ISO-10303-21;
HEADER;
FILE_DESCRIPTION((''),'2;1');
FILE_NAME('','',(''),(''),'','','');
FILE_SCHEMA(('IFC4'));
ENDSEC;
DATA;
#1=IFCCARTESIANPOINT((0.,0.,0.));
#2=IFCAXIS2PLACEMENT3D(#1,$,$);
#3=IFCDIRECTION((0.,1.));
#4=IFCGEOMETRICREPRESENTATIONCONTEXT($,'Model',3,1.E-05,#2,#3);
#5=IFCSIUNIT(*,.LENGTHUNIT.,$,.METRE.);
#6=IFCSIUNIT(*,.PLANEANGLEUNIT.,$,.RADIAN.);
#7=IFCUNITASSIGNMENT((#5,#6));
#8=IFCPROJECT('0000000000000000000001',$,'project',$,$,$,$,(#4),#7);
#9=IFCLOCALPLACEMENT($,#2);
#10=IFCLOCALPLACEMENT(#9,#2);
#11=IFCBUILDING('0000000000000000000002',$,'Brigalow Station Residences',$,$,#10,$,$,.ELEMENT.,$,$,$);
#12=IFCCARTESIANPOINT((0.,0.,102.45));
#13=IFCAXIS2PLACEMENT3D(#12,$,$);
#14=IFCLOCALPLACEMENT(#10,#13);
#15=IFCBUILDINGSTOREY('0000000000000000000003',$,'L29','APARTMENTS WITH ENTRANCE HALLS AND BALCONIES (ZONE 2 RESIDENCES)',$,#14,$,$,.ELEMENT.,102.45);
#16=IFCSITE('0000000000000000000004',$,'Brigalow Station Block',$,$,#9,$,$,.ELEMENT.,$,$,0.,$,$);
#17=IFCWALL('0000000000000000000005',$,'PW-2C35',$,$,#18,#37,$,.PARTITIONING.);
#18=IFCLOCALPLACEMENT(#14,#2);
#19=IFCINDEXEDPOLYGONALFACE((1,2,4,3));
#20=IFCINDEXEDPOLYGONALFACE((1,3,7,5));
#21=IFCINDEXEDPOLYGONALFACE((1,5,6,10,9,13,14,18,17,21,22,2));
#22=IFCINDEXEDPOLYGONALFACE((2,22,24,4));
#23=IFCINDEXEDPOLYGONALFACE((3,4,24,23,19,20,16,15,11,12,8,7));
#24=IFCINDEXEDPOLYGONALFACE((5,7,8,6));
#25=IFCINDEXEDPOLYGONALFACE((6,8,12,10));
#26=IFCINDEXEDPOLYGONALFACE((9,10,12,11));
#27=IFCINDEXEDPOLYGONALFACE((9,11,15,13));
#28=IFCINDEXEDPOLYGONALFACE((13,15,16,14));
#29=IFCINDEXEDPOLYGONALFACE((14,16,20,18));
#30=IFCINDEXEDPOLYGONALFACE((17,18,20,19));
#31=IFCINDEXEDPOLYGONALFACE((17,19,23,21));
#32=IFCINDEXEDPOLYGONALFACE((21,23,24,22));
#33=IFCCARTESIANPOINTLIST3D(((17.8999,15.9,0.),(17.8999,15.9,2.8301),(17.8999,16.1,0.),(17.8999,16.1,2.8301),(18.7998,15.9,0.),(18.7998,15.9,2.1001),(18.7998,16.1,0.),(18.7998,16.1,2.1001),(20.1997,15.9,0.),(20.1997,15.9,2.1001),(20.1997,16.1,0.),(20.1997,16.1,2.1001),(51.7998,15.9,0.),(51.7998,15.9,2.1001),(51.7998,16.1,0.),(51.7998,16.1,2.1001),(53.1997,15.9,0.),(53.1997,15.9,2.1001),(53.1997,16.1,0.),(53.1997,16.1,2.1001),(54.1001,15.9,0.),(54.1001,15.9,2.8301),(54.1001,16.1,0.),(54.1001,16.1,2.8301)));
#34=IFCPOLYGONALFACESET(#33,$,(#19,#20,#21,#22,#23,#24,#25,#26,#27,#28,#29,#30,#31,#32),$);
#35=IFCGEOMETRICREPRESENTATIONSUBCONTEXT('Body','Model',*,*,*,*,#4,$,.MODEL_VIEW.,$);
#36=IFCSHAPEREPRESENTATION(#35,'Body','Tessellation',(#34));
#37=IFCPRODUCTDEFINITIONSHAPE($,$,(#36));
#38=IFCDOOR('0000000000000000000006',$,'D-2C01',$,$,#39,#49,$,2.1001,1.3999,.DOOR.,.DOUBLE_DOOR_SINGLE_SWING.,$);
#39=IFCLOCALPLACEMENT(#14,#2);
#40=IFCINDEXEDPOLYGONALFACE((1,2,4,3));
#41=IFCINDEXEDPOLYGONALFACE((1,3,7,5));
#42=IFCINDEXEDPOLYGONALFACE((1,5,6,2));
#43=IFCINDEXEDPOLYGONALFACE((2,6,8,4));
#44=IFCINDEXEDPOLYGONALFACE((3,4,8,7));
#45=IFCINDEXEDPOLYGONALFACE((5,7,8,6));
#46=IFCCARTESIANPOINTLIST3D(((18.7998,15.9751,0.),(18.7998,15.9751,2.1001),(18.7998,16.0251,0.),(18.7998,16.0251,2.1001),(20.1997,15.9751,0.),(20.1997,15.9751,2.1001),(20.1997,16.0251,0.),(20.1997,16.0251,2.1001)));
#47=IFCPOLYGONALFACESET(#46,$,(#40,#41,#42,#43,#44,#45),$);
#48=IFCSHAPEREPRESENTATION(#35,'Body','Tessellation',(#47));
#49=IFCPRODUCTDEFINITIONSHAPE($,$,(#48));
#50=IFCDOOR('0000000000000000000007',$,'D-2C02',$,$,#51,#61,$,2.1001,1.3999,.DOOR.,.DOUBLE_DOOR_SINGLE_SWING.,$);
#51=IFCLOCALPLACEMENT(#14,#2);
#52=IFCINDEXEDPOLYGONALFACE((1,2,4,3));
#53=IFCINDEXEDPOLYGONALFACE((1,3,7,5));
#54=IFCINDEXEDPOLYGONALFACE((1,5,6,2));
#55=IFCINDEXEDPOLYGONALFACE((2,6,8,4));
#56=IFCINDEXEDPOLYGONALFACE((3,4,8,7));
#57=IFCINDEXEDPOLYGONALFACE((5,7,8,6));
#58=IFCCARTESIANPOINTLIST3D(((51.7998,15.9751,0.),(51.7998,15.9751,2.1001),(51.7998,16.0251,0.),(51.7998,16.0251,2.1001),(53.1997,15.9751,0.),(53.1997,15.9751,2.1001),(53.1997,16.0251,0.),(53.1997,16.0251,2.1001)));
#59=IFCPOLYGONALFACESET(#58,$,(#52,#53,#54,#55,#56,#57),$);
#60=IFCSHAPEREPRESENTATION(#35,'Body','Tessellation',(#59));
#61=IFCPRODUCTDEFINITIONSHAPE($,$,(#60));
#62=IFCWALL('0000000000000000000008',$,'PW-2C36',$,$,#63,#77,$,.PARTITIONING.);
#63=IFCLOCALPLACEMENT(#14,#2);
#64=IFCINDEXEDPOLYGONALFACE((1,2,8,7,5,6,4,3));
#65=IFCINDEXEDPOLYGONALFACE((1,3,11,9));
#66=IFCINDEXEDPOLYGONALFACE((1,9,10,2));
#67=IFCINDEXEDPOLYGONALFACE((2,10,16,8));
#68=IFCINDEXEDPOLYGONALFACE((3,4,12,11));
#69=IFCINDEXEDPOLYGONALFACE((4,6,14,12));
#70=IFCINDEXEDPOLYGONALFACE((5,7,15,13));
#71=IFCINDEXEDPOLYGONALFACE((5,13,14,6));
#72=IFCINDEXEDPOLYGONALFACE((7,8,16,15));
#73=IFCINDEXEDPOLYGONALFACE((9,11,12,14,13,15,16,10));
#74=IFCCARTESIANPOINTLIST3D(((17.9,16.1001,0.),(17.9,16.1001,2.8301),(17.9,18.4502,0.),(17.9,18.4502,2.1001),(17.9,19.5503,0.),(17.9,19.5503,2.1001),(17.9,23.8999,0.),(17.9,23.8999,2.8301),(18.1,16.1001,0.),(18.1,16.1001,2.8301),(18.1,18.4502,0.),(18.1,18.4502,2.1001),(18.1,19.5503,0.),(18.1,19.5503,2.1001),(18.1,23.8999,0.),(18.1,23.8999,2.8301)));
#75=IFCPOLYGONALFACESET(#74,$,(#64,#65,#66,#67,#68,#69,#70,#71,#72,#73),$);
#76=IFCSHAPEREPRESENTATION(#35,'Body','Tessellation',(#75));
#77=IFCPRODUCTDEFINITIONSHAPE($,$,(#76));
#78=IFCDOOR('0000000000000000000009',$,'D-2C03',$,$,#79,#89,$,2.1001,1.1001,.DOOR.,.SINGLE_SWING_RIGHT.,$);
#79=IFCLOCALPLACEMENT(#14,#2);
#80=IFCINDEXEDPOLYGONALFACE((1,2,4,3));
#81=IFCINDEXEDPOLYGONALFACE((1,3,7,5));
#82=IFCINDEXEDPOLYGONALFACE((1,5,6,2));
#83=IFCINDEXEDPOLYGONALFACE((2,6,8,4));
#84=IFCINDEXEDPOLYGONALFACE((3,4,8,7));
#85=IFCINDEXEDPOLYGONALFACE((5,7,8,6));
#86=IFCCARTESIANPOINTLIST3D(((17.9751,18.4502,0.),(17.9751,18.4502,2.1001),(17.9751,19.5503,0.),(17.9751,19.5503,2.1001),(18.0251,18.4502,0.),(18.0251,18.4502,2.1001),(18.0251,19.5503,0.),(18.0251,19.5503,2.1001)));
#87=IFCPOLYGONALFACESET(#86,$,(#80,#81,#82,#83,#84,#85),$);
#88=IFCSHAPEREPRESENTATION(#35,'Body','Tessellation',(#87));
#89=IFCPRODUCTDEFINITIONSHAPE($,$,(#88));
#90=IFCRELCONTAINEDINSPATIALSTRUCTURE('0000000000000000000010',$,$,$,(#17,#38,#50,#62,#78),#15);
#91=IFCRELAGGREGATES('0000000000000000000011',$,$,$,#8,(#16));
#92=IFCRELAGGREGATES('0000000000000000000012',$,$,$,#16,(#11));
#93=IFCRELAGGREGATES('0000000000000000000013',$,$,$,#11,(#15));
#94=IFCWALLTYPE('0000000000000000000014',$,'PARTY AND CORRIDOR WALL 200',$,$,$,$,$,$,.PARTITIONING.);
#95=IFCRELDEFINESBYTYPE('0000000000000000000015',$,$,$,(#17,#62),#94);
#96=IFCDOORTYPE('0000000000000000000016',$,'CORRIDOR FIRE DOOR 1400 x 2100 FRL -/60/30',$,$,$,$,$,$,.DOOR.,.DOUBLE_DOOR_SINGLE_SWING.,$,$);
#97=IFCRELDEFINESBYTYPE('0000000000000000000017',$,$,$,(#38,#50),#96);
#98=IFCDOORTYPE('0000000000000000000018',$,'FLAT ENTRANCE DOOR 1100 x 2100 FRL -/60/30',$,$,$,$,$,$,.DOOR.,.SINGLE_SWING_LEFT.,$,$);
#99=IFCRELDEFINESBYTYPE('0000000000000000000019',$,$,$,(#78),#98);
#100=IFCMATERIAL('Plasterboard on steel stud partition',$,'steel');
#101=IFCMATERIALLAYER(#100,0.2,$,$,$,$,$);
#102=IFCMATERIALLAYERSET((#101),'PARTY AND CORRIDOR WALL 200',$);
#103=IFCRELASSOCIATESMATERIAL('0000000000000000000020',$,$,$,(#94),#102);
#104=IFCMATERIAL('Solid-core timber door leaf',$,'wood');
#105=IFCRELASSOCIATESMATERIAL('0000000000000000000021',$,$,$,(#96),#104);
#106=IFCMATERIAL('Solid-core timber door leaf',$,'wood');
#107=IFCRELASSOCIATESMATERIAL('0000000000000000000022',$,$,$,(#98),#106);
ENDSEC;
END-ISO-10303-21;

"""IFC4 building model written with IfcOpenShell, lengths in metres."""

from ifc_helpers import new_model, si_unit, direction, frame, frame_2d, origin, place, context, subcontext, project, spatial, rectangle, extrude, material, layer, layer_set, type_object, element, fill, save


model = new_model("IFC4")

# Units and contexts
model_context = context("Model", 3, precision=1e-05, world=origin(), true_north=direction((0.0, 1.0)))
body_context = subcontext(model_context, "Body", "Model", "MODEL_VIEW")
ifc_project = project(units=[si_unit("LENGTHUNIT", "METRE"), si_unit("PLANEANGLEUNIT", "RADIAN")], contexts=[model_context])

# Site, building, storey
site_placement = place(None, origin())
site = spatial("IfcSite", under=ifc_project, at=site_placement, Name="Brigalow Station Block", CompositionType="ELEMENT", RefElevation=0.0)
building_placement = place(site_placement, origin())
building = spatial("IfcBuilding", under=site, at=building_placement, Name="Brigalow Station Residences", CompositionType="ELEMENT")
storey_placement = place(building_placement, frame((0.0, 0.0, 102.45)))
storey = spatial("IfcBuildingStorey", under=building, at=storey_placement, Name="L29", Description="APARTMENTS WITH ENTRANCE HALLS AND BALCONIES (ZONE 2 RESIDENCES)", CompositionType="ELEMENT", Elevation=102.45)

# Wall, openings, doors
ifc_material_1 = material(Name="Plasterboard on steel stud partition", Category="steel")
ifc_layer_1 = layer(ifc_material_1, 0.2)
ifc_layer_set_1 = layer_set([ifc_layer_1], Name="PARTY AND CORRIDOR WALL 200")
wall_type_1 = type_object("IfcWallType", Name="PARTY AND CORRIDOR WALL 200", PredefinedType="PARTITIONING", material=ifc_layer_set_1)
wall_1_placement = place(storey_placement, frame((17.8999, 16.0, 0.0), z_axis=(0.0, 0.0, 1.0), x_axis=(1.0, 0.0, 0.0)))
wall_1 = element("IfcWall", 1, at=wall_1_placement, inside=storey, type_object=wall_type_1, Name="PW-2C35", PredefinedType="PARTITIONING", context=body_context, shape_type="SweptSolid", body=[
    extrude(rectangle(XDim=36.2002, YDim=0.2, at=frame_2d((18.1001, 0.0))), origin(), (0.0, 0.0, 1.0), 2.8301),
])
opening_1_placement = place(wall_1_placement, frame((0.8999, 0.0, 0.0)))
opening_1 = element("IfcOpeningElement", 2, at=opening_1_placement, cuts=wall_1, PredefinedType="OPENING", context=body_context, shape_type="SweptSolid", body=[
    extrude(rectangle(XDim=1.3999, YDim=2.1001, at=frame_2d((0.7, 1.05))), frame((0.0, 0.1099, 0.0), z_axis=(0.0, -1.0, 0.0), x_axis=(1.0, 0.0, 0.0)), (0.0, 0.0, 1.0), 0.22),
])
opening_2_placement = place(wall_1_placement, frame((33.8999, 0.0, 0.0)))
opening_2 = element("IfcOpeningElement", 3, at=opening_2_placement, cuts=wall_1, PredefinedType="OPENING", context=body_context, shape_type="SweptSolid", body=[
    extrude(rectangle(XDim=1.3999, YDim=2.1001, at=frame_2d((0.7, 1.05))), frame((0.0, 0.1099, 0.0), z_axis=(0.0, -1.0, 0.0), x_axis=(1.0, 0.0, 0.0)), (0.0, 0.0, 1.0), 0.22),
])
ifc_material_2 = material(Name="Solid-core timber door leaf", Category="wood")
door_type_1 = type_object("IfcDoorType", Name="CORRIDOR FIRE DOOR 1400 x 2100 FRL -/60/30", OperationType="DOUBLE_DOOR_SINGLE_SWING", PredefinedType="DOOR", material=ifc_material_2)
door_1_placement = place(opening_1_placement, frame((1.3999, 0.0, 0.0), z_axis=(0.0, 0.0, 1.0), x_axis=(-1.0, 0.0, 0.0)))
door_1 = element("IfcDoor", 4, at=door_1_placement, inside=storey, type_object=door_type_1, Name="D-2C01", OperationType="DOUBLE_DOOR_SINGLE_SWING", OverallHeight=2.1001, OverallWidth=1.3999, PredefinedType="DOOR", context=body_context, shape_type="SweptSolid", body=[
    extrude(rectangle(XDim=1.3999, YDim=2.1001, at=frame_2d((0.7, 1.05))), frame((0.0, 0.0249, 0.0), z_axis=(0.0, -1.0, 0.0), x_axis=(1.0, 0.0, 0.0)), (0.0, 0.0, 1.0), 0.05),
])
fill(opening_1, door_1)
door_2_placement = place(opening_2_placement, frame((1.3999, 0.0, 0.0), z_axis=(0.0, 0.0, 1.0), x_axis=(-1.0, 0.0, 0.0)))
door_2 = element("IfcDoor", 5, at=door_2_placement, inside=storey, type_object=door_type_1, Name="D-2C02", OperationType="DOUBLE_DOOR_SINGLE_SWING", OverallHeight=2.1001, OverallWidth=1.3999, PredefinedType="DOOR", context=body_context, shape_type="SweptSolid", body=[
    extrude(rectangle(XDim=1.3999, YDim=2.1001, at=frame_2d((0.7, 1.05))), frame((0.0, 0.0249, 0.0), z_axis=(0.0, -1.0, 0.0), x_axis=(1.0, 0.0, 0.0)), (0.0, 0.0, 1.0), 0.05),
])
fill(opening_2, door_2)

# Wall, opening, door
wall_2_placement = place(storey_placement, frame((18.0, 16.1001, 0.0), z_axis=(0.0, 0.0, 1.0), x_axis=(0.0, 1.0, 0.0)))
wall_2 = element("IfcWall", 6, at=wall_2_placement, inside=storey, type_object=wall_type_1, Name="PW-2C36", PredefinedType="PARTITIONING", context=body_context, shape_type="SweptSolid", body=[
    extrude(rectangle(XDim=7.7998, YDim=0.2, at=frame_2d((3.8999, 0.0))), origin(), (0.0, 0.0, 1.0), 2.8301),
])
opening_3_placement = place(wall_2_placement, frame((2.3501, 0.0, 0.0)))
opening_3 = element("IfcOpeningElement", 7, at=opening_3_placement, cuts=wall_2, PredefinedType="OPENING", context=body_context, shape_type="SweptSolid", body=[
    extrude(rectangle(XDim=1.1001, YDim=2.1001, at=frame_2d((0.55, 1.05))), frame((0.0, 0.1099, 0.0), z_axis=(0.0, -1.0, 0.0), x_axis=(1.0, 0.0, 0.0)), (0.0, 0.0, 1.0), 0.22),
])
ifc_material_3 = material(Name="Solid-core timber door leaf", Category="wood")
door_type_2 = type_object("IfcDoorType", Name="FLAT ENTRANCE DOOR 1100 x 2100 FRL -/60/30", OperationType="SINGLE_SWING_LEFT", PredefinedType="DOOR", material=ifc_material_3)
door_3_placement = place(opening_3_placement, origin())
door_3 = element("IfcDoor", 8, at=door_3_placement, inside=storey, type_object=door_type_2, Name="D-2C03", OperationType="SINGLE_SWING_RIGHT", OverallHeight=2.1001, OverallWidth=1.1001, PredefinedType="DOOR", context=body_context, shape_type="SweptSolid", body=[
    extrude(rectangle(XDim=1.1001, YDim=2.1001, at=frame_2d((0.55, 1.05))), frame((0.0, 0.0249, 0.0), z_axis=(0.0, -1.0, 0.0), x_axis=(1.0, 0.0, 0.0)), (0.0, 0.0, 1.0), 0.05),
])
fill(opening_3, door_3)

save(model, "model.ifc")
